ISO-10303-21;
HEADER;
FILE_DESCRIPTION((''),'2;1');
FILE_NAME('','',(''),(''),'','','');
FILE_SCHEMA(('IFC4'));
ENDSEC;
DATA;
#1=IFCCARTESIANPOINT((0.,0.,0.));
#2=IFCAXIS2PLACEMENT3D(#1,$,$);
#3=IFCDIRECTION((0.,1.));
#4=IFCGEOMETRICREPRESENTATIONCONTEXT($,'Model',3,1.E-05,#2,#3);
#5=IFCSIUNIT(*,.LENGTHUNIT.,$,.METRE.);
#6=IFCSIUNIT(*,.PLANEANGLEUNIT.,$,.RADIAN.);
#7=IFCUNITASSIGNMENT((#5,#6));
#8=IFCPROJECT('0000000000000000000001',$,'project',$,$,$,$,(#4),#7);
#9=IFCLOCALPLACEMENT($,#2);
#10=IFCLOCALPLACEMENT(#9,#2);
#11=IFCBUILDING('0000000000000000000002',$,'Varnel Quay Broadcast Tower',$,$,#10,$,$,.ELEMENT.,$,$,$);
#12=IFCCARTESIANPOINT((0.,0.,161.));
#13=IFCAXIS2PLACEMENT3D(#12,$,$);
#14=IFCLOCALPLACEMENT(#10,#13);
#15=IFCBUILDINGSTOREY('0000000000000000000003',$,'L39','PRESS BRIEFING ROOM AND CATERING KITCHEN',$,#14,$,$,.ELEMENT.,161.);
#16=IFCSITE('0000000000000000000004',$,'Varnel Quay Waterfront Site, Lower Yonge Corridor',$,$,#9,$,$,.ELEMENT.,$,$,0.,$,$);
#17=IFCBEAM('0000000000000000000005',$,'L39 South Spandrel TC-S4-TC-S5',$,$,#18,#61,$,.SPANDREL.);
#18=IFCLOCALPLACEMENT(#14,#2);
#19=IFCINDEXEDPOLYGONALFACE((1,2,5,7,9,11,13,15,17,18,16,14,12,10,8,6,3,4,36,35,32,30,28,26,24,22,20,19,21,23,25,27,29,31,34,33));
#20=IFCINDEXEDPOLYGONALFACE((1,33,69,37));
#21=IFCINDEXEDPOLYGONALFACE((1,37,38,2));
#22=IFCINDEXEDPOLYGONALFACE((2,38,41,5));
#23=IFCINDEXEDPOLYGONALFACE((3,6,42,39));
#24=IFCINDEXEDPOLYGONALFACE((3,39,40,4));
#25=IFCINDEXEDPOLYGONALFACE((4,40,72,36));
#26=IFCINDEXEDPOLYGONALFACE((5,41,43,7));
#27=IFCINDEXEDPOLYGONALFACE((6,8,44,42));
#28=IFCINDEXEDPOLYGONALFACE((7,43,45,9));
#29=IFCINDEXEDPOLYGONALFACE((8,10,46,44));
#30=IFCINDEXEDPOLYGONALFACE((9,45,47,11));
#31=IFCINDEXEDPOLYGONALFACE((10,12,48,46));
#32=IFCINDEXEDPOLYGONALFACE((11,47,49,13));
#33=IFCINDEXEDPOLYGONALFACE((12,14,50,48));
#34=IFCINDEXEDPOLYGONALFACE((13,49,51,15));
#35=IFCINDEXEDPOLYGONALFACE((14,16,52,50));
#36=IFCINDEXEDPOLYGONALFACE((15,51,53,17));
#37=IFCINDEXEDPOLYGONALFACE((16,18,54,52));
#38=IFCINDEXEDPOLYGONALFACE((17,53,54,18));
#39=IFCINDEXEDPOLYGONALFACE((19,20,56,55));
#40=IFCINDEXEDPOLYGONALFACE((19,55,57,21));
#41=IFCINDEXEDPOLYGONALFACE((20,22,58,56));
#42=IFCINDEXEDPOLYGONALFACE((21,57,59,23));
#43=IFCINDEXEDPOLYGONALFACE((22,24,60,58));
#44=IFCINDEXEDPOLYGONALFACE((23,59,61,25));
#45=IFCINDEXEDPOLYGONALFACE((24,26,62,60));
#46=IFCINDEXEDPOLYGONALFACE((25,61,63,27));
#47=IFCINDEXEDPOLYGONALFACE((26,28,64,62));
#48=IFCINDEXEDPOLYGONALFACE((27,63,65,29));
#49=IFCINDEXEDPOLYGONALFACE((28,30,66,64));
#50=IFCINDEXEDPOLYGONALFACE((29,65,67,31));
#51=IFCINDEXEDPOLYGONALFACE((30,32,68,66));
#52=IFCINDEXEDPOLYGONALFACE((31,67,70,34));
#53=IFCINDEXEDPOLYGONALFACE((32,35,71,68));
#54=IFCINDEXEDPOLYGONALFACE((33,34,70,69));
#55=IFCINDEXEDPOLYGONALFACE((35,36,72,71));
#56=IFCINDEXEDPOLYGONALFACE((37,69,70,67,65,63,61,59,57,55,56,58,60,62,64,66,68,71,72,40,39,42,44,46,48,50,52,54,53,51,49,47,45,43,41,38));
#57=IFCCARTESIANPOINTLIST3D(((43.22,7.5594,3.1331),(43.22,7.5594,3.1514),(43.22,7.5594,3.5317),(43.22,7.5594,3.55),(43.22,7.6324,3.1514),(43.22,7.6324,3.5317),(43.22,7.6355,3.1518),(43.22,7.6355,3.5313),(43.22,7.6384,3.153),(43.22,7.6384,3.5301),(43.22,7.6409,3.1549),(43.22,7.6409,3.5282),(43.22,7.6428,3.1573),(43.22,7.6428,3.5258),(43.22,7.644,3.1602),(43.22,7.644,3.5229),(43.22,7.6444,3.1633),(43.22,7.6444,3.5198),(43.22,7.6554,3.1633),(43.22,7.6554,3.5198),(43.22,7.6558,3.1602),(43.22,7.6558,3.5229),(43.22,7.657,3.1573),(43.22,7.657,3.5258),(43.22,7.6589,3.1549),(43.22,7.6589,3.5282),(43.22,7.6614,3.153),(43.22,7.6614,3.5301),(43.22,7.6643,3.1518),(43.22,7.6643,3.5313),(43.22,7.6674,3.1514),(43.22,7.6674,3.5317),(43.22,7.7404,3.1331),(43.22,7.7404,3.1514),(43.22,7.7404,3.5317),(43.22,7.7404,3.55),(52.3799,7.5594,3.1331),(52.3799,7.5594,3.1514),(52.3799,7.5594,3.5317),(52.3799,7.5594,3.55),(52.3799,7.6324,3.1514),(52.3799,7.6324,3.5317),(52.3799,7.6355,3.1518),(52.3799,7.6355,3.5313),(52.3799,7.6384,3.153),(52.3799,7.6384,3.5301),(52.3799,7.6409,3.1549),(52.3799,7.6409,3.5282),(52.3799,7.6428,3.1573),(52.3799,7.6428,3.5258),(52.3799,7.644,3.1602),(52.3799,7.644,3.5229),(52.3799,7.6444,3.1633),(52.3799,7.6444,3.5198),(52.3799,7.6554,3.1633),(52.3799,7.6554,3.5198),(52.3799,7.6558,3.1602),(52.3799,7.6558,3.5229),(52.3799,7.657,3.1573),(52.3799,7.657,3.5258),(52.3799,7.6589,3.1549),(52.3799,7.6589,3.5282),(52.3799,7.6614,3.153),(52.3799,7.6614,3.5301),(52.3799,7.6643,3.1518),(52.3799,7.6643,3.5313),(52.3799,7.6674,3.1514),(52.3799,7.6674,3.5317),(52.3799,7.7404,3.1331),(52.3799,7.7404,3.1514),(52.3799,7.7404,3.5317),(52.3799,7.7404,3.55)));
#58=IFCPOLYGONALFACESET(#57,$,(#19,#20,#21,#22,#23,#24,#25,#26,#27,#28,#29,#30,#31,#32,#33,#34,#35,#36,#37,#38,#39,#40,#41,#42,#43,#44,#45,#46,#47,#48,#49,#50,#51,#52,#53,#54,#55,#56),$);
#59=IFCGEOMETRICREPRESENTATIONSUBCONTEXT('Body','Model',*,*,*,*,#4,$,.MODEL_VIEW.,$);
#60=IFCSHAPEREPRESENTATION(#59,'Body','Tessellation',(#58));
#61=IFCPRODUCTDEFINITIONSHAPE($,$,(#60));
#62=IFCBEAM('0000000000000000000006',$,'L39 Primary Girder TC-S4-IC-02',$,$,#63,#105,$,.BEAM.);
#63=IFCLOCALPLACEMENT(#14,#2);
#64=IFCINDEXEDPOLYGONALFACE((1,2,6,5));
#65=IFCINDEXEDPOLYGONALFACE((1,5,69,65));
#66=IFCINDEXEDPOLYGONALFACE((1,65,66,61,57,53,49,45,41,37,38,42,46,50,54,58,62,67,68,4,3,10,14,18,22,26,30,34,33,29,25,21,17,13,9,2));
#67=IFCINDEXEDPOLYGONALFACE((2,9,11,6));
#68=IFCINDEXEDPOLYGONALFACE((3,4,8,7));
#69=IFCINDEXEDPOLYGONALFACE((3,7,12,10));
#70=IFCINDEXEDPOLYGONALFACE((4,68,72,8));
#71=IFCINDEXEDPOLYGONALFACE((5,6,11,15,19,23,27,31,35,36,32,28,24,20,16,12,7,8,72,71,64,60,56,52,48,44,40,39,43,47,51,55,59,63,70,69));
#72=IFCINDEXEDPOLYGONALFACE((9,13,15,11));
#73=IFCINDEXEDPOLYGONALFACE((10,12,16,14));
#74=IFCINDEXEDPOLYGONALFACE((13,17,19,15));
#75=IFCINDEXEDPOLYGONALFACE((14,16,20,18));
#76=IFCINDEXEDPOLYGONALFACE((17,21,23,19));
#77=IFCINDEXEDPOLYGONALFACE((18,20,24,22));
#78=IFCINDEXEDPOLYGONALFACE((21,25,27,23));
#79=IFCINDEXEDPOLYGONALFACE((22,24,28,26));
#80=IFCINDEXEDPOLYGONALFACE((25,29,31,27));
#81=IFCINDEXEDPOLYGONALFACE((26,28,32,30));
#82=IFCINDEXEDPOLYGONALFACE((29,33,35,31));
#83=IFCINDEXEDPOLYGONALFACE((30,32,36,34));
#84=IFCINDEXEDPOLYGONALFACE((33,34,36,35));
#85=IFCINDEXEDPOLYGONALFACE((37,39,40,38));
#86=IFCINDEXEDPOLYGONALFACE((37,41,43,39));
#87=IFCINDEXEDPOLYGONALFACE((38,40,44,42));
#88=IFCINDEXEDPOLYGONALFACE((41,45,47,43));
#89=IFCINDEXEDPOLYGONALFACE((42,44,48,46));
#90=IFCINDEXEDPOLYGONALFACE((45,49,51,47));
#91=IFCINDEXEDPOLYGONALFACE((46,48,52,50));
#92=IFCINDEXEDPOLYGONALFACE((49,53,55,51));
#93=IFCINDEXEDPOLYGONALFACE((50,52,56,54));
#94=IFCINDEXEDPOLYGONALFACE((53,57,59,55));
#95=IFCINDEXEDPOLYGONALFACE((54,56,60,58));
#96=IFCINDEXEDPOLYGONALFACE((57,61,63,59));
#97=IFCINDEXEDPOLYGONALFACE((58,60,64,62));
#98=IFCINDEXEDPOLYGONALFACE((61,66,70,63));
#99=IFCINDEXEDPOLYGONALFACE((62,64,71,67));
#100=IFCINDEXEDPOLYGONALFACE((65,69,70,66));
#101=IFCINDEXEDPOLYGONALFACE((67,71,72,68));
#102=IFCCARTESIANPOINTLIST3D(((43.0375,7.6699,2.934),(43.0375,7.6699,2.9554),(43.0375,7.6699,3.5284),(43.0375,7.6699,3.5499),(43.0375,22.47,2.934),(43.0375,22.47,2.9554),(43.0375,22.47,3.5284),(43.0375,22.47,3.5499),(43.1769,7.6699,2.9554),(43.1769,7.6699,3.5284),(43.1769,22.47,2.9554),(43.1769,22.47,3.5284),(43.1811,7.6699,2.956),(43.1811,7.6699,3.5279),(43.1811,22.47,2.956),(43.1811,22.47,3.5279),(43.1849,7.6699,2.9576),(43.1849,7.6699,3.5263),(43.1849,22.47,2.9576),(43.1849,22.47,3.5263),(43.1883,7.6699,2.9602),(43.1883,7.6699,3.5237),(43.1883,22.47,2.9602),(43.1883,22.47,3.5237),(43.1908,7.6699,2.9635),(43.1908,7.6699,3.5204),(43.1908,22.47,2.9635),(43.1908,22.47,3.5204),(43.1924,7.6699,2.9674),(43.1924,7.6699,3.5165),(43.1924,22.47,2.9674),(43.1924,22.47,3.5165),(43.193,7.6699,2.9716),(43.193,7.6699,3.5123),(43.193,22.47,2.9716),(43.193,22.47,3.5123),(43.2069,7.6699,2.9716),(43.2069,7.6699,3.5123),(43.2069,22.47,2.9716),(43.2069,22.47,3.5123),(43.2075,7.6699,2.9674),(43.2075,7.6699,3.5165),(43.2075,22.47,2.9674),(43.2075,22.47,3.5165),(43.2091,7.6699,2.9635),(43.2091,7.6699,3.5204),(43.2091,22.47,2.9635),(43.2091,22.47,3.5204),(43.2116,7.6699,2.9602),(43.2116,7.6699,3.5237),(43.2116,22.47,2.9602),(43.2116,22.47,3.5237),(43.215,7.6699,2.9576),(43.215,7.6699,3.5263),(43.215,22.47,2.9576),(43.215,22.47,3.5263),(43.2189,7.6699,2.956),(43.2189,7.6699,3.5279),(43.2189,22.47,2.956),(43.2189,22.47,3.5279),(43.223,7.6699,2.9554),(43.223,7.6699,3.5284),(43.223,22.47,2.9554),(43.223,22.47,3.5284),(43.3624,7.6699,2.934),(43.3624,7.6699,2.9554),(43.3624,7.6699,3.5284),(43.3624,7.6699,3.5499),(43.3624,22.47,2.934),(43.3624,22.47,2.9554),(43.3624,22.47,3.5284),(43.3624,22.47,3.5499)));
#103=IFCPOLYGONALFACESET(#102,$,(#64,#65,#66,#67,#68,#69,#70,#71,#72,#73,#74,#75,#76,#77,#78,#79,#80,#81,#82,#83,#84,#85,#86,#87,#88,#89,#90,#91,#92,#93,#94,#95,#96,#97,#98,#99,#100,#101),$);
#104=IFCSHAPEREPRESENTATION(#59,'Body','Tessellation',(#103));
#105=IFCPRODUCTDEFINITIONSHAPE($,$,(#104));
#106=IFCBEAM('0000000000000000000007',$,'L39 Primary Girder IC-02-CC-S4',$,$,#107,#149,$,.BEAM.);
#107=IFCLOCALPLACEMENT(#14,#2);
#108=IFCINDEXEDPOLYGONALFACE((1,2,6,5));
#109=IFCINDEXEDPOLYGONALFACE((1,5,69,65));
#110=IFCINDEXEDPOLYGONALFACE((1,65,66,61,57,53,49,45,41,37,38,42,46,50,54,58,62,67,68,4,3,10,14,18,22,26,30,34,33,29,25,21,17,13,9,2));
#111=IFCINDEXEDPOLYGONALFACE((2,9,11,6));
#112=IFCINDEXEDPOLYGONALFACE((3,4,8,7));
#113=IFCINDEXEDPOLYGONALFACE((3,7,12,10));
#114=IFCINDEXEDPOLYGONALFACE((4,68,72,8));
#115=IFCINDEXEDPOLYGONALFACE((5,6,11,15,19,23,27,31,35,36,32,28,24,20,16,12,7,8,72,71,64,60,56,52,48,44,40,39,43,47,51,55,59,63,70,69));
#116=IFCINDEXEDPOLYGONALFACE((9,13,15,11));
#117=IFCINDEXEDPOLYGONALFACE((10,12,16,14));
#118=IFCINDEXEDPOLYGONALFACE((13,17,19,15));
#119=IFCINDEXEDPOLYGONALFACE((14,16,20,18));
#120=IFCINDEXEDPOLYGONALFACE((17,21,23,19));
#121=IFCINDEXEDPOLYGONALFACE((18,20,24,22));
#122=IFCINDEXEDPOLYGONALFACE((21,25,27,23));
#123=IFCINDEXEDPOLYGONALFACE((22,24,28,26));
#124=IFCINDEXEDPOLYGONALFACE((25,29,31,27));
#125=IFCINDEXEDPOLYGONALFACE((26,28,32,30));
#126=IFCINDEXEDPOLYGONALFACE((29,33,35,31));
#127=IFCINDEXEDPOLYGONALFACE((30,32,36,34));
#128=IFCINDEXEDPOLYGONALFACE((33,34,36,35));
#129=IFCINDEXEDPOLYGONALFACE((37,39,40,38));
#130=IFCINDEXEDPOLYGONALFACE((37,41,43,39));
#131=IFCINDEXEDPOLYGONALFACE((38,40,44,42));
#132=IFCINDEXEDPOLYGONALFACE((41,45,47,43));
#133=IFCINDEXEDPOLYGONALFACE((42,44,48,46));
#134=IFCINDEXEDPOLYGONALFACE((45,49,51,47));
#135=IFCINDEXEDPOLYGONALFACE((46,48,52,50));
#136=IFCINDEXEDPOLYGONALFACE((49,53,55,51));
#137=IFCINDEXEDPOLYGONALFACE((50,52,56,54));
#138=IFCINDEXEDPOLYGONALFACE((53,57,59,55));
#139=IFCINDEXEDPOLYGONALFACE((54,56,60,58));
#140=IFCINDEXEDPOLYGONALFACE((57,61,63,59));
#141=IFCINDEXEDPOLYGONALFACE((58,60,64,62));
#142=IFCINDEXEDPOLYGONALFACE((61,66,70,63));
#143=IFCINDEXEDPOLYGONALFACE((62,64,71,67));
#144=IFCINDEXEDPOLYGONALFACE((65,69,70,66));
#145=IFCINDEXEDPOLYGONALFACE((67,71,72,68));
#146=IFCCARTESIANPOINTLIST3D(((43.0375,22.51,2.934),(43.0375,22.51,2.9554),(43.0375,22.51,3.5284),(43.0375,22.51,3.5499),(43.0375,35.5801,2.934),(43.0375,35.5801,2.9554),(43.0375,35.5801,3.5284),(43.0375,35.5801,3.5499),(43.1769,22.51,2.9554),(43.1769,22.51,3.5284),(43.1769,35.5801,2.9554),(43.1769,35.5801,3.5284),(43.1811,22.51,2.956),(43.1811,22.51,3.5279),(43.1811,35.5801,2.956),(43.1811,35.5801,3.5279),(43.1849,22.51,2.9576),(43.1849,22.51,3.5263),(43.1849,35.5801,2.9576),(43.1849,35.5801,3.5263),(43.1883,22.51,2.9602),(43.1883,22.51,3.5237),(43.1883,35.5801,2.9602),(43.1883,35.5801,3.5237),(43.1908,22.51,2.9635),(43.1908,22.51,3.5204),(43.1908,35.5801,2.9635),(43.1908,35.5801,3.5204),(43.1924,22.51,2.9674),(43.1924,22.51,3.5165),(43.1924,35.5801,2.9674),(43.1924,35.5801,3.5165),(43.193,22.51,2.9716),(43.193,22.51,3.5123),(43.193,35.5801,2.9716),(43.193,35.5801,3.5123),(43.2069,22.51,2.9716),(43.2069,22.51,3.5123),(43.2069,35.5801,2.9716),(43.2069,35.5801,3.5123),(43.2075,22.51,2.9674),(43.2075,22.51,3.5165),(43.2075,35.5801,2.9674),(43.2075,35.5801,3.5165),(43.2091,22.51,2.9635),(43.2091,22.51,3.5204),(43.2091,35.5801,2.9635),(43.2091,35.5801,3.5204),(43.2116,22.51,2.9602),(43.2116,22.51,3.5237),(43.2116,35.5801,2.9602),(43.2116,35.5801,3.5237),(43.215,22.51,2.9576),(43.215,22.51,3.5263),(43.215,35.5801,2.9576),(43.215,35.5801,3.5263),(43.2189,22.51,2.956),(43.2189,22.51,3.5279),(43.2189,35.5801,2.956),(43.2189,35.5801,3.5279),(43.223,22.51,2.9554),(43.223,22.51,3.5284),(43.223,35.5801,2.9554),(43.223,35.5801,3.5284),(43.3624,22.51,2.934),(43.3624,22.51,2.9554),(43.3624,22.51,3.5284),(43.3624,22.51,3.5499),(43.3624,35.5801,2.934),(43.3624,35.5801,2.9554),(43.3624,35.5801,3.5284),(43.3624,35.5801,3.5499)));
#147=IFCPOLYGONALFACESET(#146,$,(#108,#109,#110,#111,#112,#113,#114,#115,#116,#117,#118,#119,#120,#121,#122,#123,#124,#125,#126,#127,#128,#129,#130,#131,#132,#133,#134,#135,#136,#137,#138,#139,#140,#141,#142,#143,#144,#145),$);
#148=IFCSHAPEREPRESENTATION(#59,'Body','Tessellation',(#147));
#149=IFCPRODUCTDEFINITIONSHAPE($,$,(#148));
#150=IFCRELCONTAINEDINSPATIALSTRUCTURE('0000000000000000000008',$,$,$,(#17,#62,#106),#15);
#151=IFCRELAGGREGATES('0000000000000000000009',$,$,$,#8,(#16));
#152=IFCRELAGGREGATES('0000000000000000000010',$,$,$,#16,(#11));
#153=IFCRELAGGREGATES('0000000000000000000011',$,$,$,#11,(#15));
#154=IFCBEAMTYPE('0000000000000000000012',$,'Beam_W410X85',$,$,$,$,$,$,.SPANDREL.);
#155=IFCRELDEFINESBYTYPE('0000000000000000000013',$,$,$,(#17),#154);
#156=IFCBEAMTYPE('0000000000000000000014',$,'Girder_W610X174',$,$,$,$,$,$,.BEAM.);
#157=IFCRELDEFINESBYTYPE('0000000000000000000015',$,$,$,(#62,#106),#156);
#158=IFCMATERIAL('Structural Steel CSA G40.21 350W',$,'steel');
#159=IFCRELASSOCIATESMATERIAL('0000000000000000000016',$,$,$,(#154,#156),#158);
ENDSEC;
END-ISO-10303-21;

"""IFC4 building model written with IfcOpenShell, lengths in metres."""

from ifc_helpers import new_model, si_unit, direction, frame, origin, origin_2d, place, context, subcontext, project, spatial, i_section, extrude, source, transform, mapped, material, material_profile, profile_set, type_object, type_shapes, element, save


model = new_model("IFC4")

# Units and contexts
model_context = context("Model", 3, precision=1e-05, world=origin(), true_north=direction((0.0, 1.0)))
body_context = subcontext(model_context, "Body", "Model", "MODEL_VIEW")
ifc_project = project(units=[si_unit("LENGTHUNIT", "METRE"), si_unit("PLANEANGLEUNIT", "RADIAN")], contexts=[model_context])

# Site, building, storey
site_placement = place(None, origin())
site = spatial("IfcSite", under=ifc_project, at=site_placement, Name="Varnel Quay Waterfront Site, Lower Yonge Corridor", CompositionType="ELEMENT", RefElevation=0.0)
building_placement = place(site_placement, origin())
building = spatial("IfcBuilding", under=site, at=building_placement, Name="Varnel Quay Broadcast Tower", CompositionType="ELEMENT")
storey_placement = place(building_placement, frame((0.0, 0.0, 161.0)))
storey = spatial("IfcBuildingStorey", under=building, at=storey_placement, Name="L39", Description="PRESS BRIEFING ROOM AND CATERING KITCHEN", CompositionType="ELEMENT", Elevation=161.0)

# Shared definitions
ifc_material_1 = material(Name="Structural Steel CSA G40.21 350W", Category="steel")

# Beams
ifc_material_profile_1 = material_profile(ifc_material_1, i_section(OverallWidth=0.1809, OverallDepth=0.417, WebThickness=0.011, FlangeThickness=0.0183, FilletRadius=0.012, at=origin_2d()), Name="W410X85")
ifc_profile_set_1 = profile_set([ifc_material_profile_1], Name="Structural Steel CSA G40.21 350W")
beam_type_1 = type_object("IfcBeamType", Name="Beam_W410X85", PredefinedType="SPANDREL", material=ifc_profile_set_1)
shared_shape_1 = source(origin(), body_context, "Body", "SweptSolid", [
    extrude(i_section(OverallWidth=0.1809, OverallDepth=0.417, WebThickness=0.011, FlangeThickness=0.0183, FilletRadius=0.012, at=origin_2d()), origin(), (0.0, 0.0, 1.0), 9.1599),
])
type_shapes(beam_type_1, [shared_shape_1])
for number, where, z_axis, x_axis, name in (
    (1, (43.22, 7.6499, 3.3416), (1.0, 0.0, 0.0), (0.0, 1.0, 0.0), "L39 South Spandrel TC-S4-TC-S5"),
):
    element("IfcBeam", number, at=place(storey_placement, frame(where, z_axis=z_axis, x_axis=x_axis)), inside=storey, type_object=beam_type_1, Name=name, PredefinedType="SPANDREL", context=body_context, shape_type="MappedRepresentation", body=[
        mapped(shared_shape_1, transform((0.0, 0.0, 0.0), x_axis=(1.0, 0.0, 0.0), y_axis=(0.0, 1.0, 0.0), z_axis=(0.0, 0.0, 1.0), scale=1.0)),
    ])
ifc_material_profile_2 = material_profile(ifc_material_1, i_section(OverallWidth=0.325, OverallDepth=0.616, WebThickness=0.0139, FlangeThickness=0.0215, FilletRadius=0.0161, at=origin_2d()), Name="W610X174")
ifc_profile_set_2 = profile_set([ifc_material_profile_2], Name="Structural Steel CSA G40.21 350W")
beam_type_2 = type_object("IfcBeamType", Name="Girder_W610X174", PredefinedType="BEAM", material=ifc_profile_set_2)
shared_shape_2 = source(origin(), body_context, "Body", "SweptSolid", [
    extrude(i_section(OverallWidth=0.325, OverallDepth=0.616, WebThickness=0.0139, FlangeThickness=0.0215, FilletRadius=0.0161, at=origin_2d()), origin(), (0.0, 0.0, 1.0), 14.8),
])
beam_1_placement = place(storey_placement, frame((43.2, 7.6699, 3.2419), z_axis=(0.0, 1.0, 0.0), x_axis=(-1.0, 0.0, 0.0)))
element("IfcBeam", 2, at=beam_1_placement, inside=storey, type_object=beam_type_2, Name="L39 Primary Girder TC-S4-IC-02", PredefinedType="BEAM", context=body_context, shape_type="MappedRepresentation", body=[
    mapped(shared_shape_2, transform((0.0, 0.0, 0.0), x_axis=(1.0, 0.0, 0.0), y_axis=(0.0, 1.0, 0.0), z_axis=(0.0, 0.0, 1.0), scale=1.0)),
])
shared_shape_3 = source(origin(), body_context, "Body", "SweptSolid", [
    extrude(i_section(OverallWidth=0.325, OverallDepth=0.616, WebThickness=0.0139, FlangeThickness=0.0215, FilletRadius=0.0161, at=origin_2d()), origin(), (0.0, 0.0, 1.0), 13.0701),
])
beam_2_placement = place(storey_placement, frame((43.2, 22.51, 3.2419), z_axis=(0.0, 1.0, 0.0), x_axis=(-1.0, 0.0, 0.0)))
element("IfcBeam", 3, at=beam_2_placement, inside=storey, type_object=beam_type_2, Name="L39 Primary Girder IC-02-CC-S4", PredefinedType="BEAM", context=body_context, shape_type="MappedRepresentation", body=[
    mapped(shared_shape_3, transform((0.0, 0.0, 0.0), x_axis=(1.0, 0.0, 0.0), y_axis=(0.0, 1.0, 0.0), z_axis=(0.0, 0.0, 1.0), scale=1.0)),
])

save(model, "model.ifc")
